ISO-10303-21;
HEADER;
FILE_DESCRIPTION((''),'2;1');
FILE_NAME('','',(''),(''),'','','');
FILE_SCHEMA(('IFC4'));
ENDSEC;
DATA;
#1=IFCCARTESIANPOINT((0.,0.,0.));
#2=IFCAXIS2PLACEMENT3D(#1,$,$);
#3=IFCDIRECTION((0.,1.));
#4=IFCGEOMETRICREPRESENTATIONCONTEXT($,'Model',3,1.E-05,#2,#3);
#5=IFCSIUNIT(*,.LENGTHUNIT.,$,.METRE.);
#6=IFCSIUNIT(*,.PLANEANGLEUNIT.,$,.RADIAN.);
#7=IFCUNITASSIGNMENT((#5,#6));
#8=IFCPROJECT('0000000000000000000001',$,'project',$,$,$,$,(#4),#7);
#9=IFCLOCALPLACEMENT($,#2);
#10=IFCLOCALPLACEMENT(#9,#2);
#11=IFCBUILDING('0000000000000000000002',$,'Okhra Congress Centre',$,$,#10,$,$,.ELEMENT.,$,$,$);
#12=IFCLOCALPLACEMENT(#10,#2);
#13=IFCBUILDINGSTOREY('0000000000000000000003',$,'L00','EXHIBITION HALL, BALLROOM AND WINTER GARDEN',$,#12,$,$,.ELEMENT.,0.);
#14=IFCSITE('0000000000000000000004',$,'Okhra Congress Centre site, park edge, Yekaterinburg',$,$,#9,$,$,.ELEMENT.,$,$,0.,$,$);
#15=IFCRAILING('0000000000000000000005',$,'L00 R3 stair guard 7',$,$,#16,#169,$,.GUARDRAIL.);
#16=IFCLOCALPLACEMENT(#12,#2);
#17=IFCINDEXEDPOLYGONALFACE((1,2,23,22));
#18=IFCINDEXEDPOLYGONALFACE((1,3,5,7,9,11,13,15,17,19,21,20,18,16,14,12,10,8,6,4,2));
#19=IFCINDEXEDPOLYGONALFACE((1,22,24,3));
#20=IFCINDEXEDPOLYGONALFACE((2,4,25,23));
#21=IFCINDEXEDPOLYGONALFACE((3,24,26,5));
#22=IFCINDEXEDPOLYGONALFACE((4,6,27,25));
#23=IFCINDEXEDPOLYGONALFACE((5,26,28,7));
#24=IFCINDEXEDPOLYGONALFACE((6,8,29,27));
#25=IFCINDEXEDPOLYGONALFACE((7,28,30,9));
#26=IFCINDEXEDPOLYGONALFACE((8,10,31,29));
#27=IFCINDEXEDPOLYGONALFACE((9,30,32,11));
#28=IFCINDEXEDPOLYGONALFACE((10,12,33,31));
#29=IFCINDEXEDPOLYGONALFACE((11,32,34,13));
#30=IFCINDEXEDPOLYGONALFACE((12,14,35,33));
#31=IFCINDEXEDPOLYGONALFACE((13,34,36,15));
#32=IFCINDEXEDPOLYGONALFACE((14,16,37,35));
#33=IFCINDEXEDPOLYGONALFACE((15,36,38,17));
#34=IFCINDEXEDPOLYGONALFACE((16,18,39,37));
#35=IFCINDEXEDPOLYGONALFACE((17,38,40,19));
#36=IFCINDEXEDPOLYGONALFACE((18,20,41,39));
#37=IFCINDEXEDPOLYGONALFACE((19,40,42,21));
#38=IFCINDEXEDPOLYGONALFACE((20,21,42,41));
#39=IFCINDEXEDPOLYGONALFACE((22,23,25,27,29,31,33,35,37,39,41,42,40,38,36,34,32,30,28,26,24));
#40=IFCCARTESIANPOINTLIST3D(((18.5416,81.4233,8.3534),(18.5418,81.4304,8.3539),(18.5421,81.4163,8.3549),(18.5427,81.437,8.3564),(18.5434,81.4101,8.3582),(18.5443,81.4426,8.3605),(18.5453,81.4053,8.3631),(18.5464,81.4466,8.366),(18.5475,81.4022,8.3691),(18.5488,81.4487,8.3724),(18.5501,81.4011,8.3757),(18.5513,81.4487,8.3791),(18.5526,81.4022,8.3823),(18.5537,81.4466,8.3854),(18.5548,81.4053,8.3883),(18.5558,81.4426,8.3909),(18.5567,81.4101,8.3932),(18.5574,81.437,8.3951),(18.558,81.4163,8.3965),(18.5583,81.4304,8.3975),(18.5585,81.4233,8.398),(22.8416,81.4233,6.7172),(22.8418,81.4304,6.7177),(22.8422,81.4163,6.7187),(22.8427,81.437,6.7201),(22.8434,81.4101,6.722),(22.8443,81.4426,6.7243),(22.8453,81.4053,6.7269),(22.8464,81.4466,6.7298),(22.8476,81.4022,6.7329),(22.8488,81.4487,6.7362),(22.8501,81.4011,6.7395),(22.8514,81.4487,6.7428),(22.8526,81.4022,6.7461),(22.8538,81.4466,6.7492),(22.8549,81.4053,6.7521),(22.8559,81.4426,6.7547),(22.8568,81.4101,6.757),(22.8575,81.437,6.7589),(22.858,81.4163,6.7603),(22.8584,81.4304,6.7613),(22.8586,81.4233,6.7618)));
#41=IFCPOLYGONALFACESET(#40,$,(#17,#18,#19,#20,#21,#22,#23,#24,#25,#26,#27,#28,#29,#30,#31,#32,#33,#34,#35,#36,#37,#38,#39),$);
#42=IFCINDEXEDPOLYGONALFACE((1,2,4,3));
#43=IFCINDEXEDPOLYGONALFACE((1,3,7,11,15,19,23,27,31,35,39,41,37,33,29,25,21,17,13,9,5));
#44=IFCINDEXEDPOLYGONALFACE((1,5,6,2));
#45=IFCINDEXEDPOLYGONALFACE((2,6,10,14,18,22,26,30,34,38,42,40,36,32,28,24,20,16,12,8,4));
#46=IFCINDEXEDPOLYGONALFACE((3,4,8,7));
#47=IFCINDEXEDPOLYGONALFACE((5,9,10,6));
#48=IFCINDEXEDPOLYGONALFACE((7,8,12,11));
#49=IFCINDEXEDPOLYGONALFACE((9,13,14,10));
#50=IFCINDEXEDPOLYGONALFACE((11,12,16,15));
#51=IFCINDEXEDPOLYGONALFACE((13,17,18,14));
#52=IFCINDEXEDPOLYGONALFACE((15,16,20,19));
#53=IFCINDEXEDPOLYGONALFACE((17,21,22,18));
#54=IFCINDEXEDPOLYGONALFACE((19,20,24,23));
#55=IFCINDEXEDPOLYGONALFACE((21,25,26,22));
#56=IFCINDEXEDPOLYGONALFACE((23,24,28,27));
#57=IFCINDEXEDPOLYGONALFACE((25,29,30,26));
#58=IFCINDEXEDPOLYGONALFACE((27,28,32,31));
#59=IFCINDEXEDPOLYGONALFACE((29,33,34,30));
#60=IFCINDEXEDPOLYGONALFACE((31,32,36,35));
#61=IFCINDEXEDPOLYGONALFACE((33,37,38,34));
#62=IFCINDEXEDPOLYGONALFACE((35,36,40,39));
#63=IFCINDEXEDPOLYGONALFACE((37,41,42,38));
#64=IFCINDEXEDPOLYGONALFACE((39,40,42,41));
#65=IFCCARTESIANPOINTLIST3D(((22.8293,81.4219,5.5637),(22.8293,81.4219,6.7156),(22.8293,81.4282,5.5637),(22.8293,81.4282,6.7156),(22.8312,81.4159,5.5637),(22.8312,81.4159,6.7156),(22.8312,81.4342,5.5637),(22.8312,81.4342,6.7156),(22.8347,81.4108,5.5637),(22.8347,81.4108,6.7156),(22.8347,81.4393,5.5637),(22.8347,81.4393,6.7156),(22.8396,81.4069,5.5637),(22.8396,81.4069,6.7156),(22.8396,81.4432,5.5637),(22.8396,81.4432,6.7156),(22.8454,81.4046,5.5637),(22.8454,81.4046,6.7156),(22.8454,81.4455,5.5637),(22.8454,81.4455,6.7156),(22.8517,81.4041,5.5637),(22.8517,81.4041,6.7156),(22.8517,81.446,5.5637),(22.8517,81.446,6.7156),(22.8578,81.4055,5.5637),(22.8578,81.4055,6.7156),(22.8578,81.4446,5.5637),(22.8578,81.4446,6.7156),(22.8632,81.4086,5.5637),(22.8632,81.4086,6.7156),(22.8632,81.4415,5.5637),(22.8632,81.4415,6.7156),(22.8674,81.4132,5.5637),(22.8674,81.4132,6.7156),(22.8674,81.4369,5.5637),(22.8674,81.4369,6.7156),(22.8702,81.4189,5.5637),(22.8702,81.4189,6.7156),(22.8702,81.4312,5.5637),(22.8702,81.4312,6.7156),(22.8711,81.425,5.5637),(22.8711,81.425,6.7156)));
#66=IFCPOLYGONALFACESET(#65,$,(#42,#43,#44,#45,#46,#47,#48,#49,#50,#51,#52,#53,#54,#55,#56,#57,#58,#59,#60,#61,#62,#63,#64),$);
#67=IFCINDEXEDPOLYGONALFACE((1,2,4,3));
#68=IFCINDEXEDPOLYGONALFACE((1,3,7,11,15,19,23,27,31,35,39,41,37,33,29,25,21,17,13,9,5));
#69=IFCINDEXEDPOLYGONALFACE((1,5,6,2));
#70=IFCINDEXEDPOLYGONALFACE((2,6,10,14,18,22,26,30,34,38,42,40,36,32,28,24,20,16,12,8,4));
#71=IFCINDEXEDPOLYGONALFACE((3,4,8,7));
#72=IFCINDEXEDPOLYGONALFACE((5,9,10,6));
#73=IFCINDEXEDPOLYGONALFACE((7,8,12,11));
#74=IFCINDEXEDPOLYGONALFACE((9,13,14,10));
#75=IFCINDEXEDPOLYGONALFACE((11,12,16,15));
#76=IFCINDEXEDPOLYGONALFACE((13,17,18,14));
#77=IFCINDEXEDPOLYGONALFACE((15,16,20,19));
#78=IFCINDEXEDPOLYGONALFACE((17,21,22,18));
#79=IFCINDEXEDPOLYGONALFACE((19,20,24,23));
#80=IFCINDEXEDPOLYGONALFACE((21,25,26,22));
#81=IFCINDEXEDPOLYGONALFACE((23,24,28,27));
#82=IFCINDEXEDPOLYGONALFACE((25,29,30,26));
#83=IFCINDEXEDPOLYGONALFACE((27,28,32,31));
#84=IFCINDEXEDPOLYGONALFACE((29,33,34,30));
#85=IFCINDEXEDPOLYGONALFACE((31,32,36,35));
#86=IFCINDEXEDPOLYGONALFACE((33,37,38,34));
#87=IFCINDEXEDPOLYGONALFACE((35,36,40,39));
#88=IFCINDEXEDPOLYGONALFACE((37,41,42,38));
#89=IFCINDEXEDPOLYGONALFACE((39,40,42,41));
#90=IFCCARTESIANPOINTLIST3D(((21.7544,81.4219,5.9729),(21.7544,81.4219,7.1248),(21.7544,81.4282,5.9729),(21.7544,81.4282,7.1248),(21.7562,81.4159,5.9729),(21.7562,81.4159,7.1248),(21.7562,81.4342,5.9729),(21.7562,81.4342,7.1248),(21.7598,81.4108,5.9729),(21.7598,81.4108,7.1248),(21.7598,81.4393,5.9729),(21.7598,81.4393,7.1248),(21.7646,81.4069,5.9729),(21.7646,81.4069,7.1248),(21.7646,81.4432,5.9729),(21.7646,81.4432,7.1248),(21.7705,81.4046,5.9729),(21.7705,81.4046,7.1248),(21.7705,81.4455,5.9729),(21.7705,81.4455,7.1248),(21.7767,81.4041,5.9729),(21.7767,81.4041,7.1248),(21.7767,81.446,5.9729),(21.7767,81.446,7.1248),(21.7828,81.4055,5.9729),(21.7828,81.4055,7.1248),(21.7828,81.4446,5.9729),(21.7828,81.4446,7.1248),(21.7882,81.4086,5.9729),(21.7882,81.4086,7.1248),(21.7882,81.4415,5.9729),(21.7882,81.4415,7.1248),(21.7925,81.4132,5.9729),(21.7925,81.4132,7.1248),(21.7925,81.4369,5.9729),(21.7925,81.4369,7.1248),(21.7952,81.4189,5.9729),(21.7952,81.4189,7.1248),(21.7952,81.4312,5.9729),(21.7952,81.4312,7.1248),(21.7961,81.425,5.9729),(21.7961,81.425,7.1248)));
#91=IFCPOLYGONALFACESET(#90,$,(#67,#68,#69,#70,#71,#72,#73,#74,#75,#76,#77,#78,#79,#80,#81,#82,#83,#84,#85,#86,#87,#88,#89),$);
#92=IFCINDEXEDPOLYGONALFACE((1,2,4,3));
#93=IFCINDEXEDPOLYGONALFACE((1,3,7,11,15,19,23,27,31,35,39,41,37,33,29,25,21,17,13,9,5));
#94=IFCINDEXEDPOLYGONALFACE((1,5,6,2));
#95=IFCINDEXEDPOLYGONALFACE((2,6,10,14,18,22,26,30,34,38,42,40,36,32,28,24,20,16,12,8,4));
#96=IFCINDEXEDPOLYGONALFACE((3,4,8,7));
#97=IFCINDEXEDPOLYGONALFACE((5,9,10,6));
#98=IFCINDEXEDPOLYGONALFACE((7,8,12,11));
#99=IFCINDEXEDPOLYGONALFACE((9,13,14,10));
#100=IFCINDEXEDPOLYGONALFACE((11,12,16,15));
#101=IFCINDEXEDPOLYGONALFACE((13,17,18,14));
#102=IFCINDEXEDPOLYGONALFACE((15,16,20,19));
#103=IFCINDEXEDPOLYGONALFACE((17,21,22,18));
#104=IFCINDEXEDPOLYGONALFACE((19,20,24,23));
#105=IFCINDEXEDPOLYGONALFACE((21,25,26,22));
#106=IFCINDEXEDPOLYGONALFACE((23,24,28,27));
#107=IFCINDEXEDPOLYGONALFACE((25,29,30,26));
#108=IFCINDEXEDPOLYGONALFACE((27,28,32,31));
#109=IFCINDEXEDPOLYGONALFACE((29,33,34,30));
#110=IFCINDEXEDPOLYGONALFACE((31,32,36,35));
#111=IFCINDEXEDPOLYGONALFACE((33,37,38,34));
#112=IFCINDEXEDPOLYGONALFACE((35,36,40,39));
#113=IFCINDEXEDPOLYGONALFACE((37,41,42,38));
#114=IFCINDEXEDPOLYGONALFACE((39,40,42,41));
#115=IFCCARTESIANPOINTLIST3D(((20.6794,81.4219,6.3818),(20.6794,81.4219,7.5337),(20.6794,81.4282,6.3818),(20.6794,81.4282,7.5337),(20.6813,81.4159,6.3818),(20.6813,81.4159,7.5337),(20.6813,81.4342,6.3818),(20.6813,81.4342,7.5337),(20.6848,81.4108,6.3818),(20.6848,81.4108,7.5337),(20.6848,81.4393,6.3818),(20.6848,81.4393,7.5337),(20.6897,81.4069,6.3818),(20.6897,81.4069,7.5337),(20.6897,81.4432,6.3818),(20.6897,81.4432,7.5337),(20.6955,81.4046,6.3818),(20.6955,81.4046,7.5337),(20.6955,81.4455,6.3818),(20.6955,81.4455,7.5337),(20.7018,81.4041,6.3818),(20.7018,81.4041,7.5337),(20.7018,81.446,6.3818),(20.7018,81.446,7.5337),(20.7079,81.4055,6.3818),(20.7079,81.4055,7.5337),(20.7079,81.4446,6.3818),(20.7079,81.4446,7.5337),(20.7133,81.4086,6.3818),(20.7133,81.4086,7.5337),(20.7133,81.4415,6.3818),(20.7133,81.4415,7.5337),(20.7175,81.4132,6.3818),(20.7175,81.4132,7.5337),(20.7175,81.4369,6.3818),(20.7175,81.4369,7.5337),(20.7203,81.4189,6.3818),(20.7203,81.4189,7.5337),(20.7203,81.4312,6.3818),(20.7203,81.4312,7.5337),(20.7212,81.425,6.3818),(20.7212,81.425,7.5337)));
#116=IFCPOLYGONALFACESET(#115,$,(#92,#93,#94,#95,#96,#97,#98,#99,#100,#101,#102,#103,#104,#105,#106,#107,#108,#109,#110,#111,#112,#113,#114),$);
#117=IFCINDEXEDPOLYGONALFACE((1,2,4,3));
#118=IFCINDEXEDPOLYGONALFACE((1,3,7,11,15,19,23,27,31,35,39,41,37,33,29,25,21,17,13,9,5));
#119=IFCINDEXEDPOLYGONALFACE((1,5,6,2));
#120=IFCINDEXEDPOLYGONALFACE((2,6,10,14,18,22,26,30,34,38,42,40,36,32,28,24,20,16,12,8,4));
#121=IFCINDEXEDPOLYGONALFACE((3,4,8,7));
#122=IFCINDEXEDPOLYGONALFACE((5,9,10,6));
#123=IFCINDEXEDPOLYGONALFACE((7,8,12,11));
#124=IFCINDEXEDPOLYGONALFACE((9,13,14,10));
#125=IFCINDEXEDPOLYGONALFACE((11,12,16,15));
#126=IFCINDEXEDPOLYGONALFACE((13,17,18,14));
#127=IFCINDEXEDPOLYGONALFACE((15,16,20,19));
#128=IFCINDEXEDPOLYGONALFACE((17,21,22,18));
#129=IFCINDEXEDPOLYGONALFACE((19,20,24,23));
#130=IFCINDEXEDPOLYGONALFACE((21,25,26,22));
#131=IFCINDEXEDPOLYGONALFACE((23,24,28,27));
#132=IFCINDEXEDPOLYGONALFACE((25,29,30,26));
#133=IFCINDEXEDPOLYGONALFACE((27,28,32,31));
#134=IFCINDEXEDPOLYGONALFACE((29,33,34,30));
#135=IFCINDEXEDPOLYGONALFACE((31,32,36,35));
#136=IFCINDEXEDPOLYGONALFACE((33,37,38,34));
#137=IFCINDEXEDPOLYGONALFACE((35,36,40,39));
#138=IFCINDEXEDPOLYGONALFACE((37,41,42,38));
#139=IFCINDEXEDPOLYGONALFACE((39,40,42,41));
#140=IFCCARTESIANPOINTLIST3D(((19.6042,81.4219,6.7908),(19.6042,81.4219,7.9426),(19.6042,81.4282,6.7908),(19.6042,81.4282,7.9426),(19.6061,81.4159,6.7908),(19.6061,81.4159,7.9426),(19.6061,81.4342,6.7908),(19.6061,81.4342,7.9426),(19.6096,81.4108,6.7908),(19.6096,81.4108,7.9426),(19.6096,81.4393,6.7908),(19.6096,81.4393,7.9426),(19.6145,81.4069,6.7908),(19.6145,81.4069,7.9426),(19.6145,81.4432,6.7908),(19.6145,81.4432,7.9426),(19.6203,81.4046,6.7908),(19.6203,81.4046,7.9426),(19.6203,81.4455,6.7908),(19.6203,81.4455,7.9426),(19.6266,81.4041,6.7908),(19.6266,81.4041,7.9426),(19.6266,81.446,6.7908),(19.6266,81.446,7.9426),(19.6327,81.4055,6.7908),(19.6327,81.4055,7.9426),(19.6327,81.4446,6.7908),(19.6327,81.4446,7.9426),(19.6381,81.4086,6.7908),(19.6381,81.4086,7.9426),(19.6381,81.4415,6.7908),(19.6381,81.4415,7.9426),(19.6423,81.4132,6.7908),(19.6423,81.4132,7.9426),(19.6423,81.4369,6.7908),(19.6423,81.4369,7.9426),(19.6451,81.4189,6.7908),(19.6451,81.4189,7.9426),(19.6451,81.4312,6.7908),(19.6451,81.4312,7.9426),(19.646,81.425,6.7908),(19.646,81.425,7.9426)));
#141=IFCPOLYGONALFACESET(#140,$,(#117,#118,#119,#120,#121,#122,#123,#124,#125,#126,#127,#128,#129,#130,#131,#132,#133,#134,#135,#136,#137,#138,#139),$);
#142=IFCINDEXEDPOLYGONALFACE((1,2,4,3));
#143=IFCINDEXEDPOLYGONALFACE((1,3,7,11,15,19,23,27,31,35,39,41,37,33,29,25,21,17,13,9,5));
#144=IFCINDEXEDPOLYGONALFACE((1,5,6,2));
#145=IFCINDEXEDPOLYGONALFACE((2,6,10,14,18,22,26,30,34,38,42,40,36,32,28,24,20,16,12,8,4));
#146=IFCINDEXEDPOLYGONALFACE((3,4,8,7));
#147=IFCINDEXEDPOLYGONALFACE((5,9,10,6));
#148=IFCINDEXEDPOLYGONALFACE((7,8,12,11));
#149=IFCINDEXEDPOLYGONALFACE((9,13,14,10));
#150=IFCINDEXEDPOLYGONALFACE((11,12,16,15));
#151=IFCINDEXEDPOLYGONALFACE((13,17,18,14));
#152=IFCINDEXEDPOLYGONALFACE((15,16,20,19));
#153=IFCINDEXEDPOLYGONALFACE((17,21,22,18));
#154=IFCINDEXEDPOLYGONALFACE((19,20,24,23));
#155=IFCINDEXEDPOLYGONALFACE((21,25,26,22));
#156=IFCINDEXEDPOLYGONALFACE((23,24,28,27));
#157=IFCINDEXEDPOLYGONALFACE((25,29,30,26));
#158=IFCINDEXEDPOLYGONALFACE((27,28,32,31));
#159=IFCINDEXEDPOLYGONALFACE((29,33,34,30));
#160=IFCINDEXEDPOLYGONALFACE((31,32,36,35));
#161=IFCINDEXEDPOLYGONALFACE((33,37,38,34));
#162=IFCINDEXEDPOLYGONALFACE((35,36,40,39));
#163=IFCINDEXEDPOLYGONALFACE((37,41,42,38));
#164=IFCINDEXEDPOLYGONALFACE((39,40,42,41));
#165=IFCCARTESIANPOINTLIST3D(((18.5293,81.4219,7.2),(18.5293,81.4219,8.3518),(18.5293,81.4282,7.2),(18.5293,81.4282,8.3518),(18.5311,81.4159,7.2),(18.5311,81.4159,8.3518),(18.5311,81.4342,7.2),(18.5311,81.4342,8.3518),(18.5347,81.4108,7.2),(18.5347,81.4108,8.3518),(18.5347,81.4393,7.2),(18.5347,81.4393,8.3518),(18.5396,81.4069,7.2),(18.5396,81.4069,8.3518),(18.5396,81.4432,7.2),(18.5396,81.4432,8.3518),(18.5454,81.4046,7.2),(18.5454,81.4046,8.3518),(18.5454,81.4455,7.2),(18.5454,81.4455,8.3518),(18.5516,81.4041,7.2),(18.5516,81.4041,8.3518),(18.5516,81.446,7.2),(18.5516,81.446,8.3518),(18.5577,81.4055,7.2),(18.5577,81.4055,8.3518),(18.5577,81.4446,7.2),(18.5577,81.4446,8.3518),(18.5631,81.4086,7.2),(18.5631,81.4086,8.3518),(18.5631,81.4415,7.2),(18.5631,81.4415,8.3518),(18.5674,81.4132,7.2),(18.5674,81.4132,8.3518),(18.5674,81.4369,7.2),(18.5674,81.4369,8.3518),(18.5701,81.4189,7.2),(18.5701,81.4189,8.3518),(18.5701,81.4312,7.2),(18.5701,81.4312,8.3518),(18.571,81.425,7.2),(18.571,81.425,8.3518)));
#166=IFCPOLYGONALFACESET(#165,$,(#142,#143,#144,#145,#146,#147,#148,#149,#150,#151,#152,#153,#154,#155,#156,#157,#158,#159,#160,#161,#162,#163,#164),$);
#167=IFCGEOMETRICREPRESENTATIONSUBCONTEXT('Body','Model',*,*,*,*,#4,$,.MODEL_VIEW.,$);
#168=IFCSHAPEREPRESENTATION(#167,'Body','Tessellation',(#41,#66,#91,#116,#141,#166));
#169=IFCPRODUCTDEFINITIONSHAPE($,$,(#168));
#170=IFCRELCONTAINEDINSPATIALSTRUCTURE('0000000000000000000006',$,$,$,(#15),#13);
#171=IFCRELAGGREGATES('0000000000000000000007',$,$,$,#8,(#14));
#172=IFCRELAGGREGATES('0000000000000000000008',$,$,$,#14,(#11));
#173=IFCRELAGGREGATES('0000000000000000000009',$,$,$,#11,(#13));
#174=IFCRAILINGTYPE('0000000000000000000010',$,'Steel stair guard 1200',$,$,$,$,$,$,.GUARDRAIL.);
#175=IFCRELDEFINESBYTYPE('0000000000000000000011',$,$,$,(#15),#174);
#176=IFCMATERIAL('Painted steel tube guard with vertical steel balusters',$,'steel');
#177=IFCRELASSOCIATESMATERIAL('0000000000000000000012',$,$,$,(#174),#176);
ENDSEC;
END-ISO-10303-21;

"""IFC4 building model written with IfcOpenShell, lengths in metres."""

from ifc_helpers import new_model, si_unit, direction, frame, origin, origin_2d, place, context, subcontext, project, spatial, circle, extrude, material, type_object, element, save


model = new_model("IFC4")

# Units and contexts
model_context = context("Model", 3, precision=1e-05, world=origin(), true_north=direction((0.0, 1.0)))
body_context = subcontext(model_context, "Body", "Model", "MODEL_VIEW")
ifc_project = project(units=[si_unit("LENGTHUNIT", "METRE"), si_unit("PLANEANGLEUNIT", "RADIAN")], contexts=[model_context])

# Site, building, storey
site_placement = place(None, origin())
site = spatial("IfcSite", under=ifc_project, at=site_placement, Name="Okhra Congress Centre site, park edge, Yekaterinburg", CompositionType="ELEMENT", RefElevation=0.0)
building_placement = place(site_placement, origin())
building = spatial("IfcBuilding", under=site, at=building_placement, Name="Okhra Congress Centre", CompositionType="ELEMENT")
storey_placement = place(building_placement, origin())
storey = spatial("IfcBuildingStorey", under=building, at=storey_placement, Name="L00", Description="EXHIBITION HALL, BALLROOM AND WINTER GARDEN", CompositionType="ELEMENT", Elevation=0.0)

# Railing
ifc_material_1 = material(Name="Painted steel tube guard with vertical steel balusters", Category="steel")
railing_type_1 = type_object("IfcRailingType", Name="Steel stair guard 1200", PredefinedType="GUARDRAIL", material=ifc_material_1)
railing_1_placement = place(storey_placement, frame((22.8501, 81.425, 5.5637)))
element("IfcRailing", 1, at=railing_1_placement, inside=storey, type_object=railing_type_1, Name="L00 R3 stair guard 7", PredefinedType="GUARDRAIL", context=body_context, shape_type="SweptSolid", body=[
    extrude(circle(Radius=0.0239, at=origin_2d()), frame((0.0, 0.0, 1.1758), z_axis=(-0.934624, 0.0, 0.355638), x_axis=(0.0, -1.0, 0.0)), (0.0, 0.0, 1.0), 4.6008),
    extrude(circle(Radius=0.021, at=origin_2d()), origin(), (0.0, 0.0, 1.0), 1.1519),
    extrude(circle(Radius=0.021, at=origin_2d()), frame((-1.075, 0.0, 0.4092)), (0.0, 0.0, 1.0), 1.1519),
    extrude(circle(Radius=0.021, at=origin_2d()), frame((-2.1499, 0.0, 0.8181)), (0.0, 0.0, 1.0), 1.1519),
    extrude(circle(Radius=0.021, at=origin_2d()), frame((-3.2251, 0.0, 1.2271)), (0.0, 0.0, 1.0), 1.1519),
    extrude(circle(Radius=0.021, at=origin_2d()), frame((-4.3, 0.0, 1.6362)), (0.0, 0.0, 1.0), 1.1519),
])

save(model, "model.ifc")
